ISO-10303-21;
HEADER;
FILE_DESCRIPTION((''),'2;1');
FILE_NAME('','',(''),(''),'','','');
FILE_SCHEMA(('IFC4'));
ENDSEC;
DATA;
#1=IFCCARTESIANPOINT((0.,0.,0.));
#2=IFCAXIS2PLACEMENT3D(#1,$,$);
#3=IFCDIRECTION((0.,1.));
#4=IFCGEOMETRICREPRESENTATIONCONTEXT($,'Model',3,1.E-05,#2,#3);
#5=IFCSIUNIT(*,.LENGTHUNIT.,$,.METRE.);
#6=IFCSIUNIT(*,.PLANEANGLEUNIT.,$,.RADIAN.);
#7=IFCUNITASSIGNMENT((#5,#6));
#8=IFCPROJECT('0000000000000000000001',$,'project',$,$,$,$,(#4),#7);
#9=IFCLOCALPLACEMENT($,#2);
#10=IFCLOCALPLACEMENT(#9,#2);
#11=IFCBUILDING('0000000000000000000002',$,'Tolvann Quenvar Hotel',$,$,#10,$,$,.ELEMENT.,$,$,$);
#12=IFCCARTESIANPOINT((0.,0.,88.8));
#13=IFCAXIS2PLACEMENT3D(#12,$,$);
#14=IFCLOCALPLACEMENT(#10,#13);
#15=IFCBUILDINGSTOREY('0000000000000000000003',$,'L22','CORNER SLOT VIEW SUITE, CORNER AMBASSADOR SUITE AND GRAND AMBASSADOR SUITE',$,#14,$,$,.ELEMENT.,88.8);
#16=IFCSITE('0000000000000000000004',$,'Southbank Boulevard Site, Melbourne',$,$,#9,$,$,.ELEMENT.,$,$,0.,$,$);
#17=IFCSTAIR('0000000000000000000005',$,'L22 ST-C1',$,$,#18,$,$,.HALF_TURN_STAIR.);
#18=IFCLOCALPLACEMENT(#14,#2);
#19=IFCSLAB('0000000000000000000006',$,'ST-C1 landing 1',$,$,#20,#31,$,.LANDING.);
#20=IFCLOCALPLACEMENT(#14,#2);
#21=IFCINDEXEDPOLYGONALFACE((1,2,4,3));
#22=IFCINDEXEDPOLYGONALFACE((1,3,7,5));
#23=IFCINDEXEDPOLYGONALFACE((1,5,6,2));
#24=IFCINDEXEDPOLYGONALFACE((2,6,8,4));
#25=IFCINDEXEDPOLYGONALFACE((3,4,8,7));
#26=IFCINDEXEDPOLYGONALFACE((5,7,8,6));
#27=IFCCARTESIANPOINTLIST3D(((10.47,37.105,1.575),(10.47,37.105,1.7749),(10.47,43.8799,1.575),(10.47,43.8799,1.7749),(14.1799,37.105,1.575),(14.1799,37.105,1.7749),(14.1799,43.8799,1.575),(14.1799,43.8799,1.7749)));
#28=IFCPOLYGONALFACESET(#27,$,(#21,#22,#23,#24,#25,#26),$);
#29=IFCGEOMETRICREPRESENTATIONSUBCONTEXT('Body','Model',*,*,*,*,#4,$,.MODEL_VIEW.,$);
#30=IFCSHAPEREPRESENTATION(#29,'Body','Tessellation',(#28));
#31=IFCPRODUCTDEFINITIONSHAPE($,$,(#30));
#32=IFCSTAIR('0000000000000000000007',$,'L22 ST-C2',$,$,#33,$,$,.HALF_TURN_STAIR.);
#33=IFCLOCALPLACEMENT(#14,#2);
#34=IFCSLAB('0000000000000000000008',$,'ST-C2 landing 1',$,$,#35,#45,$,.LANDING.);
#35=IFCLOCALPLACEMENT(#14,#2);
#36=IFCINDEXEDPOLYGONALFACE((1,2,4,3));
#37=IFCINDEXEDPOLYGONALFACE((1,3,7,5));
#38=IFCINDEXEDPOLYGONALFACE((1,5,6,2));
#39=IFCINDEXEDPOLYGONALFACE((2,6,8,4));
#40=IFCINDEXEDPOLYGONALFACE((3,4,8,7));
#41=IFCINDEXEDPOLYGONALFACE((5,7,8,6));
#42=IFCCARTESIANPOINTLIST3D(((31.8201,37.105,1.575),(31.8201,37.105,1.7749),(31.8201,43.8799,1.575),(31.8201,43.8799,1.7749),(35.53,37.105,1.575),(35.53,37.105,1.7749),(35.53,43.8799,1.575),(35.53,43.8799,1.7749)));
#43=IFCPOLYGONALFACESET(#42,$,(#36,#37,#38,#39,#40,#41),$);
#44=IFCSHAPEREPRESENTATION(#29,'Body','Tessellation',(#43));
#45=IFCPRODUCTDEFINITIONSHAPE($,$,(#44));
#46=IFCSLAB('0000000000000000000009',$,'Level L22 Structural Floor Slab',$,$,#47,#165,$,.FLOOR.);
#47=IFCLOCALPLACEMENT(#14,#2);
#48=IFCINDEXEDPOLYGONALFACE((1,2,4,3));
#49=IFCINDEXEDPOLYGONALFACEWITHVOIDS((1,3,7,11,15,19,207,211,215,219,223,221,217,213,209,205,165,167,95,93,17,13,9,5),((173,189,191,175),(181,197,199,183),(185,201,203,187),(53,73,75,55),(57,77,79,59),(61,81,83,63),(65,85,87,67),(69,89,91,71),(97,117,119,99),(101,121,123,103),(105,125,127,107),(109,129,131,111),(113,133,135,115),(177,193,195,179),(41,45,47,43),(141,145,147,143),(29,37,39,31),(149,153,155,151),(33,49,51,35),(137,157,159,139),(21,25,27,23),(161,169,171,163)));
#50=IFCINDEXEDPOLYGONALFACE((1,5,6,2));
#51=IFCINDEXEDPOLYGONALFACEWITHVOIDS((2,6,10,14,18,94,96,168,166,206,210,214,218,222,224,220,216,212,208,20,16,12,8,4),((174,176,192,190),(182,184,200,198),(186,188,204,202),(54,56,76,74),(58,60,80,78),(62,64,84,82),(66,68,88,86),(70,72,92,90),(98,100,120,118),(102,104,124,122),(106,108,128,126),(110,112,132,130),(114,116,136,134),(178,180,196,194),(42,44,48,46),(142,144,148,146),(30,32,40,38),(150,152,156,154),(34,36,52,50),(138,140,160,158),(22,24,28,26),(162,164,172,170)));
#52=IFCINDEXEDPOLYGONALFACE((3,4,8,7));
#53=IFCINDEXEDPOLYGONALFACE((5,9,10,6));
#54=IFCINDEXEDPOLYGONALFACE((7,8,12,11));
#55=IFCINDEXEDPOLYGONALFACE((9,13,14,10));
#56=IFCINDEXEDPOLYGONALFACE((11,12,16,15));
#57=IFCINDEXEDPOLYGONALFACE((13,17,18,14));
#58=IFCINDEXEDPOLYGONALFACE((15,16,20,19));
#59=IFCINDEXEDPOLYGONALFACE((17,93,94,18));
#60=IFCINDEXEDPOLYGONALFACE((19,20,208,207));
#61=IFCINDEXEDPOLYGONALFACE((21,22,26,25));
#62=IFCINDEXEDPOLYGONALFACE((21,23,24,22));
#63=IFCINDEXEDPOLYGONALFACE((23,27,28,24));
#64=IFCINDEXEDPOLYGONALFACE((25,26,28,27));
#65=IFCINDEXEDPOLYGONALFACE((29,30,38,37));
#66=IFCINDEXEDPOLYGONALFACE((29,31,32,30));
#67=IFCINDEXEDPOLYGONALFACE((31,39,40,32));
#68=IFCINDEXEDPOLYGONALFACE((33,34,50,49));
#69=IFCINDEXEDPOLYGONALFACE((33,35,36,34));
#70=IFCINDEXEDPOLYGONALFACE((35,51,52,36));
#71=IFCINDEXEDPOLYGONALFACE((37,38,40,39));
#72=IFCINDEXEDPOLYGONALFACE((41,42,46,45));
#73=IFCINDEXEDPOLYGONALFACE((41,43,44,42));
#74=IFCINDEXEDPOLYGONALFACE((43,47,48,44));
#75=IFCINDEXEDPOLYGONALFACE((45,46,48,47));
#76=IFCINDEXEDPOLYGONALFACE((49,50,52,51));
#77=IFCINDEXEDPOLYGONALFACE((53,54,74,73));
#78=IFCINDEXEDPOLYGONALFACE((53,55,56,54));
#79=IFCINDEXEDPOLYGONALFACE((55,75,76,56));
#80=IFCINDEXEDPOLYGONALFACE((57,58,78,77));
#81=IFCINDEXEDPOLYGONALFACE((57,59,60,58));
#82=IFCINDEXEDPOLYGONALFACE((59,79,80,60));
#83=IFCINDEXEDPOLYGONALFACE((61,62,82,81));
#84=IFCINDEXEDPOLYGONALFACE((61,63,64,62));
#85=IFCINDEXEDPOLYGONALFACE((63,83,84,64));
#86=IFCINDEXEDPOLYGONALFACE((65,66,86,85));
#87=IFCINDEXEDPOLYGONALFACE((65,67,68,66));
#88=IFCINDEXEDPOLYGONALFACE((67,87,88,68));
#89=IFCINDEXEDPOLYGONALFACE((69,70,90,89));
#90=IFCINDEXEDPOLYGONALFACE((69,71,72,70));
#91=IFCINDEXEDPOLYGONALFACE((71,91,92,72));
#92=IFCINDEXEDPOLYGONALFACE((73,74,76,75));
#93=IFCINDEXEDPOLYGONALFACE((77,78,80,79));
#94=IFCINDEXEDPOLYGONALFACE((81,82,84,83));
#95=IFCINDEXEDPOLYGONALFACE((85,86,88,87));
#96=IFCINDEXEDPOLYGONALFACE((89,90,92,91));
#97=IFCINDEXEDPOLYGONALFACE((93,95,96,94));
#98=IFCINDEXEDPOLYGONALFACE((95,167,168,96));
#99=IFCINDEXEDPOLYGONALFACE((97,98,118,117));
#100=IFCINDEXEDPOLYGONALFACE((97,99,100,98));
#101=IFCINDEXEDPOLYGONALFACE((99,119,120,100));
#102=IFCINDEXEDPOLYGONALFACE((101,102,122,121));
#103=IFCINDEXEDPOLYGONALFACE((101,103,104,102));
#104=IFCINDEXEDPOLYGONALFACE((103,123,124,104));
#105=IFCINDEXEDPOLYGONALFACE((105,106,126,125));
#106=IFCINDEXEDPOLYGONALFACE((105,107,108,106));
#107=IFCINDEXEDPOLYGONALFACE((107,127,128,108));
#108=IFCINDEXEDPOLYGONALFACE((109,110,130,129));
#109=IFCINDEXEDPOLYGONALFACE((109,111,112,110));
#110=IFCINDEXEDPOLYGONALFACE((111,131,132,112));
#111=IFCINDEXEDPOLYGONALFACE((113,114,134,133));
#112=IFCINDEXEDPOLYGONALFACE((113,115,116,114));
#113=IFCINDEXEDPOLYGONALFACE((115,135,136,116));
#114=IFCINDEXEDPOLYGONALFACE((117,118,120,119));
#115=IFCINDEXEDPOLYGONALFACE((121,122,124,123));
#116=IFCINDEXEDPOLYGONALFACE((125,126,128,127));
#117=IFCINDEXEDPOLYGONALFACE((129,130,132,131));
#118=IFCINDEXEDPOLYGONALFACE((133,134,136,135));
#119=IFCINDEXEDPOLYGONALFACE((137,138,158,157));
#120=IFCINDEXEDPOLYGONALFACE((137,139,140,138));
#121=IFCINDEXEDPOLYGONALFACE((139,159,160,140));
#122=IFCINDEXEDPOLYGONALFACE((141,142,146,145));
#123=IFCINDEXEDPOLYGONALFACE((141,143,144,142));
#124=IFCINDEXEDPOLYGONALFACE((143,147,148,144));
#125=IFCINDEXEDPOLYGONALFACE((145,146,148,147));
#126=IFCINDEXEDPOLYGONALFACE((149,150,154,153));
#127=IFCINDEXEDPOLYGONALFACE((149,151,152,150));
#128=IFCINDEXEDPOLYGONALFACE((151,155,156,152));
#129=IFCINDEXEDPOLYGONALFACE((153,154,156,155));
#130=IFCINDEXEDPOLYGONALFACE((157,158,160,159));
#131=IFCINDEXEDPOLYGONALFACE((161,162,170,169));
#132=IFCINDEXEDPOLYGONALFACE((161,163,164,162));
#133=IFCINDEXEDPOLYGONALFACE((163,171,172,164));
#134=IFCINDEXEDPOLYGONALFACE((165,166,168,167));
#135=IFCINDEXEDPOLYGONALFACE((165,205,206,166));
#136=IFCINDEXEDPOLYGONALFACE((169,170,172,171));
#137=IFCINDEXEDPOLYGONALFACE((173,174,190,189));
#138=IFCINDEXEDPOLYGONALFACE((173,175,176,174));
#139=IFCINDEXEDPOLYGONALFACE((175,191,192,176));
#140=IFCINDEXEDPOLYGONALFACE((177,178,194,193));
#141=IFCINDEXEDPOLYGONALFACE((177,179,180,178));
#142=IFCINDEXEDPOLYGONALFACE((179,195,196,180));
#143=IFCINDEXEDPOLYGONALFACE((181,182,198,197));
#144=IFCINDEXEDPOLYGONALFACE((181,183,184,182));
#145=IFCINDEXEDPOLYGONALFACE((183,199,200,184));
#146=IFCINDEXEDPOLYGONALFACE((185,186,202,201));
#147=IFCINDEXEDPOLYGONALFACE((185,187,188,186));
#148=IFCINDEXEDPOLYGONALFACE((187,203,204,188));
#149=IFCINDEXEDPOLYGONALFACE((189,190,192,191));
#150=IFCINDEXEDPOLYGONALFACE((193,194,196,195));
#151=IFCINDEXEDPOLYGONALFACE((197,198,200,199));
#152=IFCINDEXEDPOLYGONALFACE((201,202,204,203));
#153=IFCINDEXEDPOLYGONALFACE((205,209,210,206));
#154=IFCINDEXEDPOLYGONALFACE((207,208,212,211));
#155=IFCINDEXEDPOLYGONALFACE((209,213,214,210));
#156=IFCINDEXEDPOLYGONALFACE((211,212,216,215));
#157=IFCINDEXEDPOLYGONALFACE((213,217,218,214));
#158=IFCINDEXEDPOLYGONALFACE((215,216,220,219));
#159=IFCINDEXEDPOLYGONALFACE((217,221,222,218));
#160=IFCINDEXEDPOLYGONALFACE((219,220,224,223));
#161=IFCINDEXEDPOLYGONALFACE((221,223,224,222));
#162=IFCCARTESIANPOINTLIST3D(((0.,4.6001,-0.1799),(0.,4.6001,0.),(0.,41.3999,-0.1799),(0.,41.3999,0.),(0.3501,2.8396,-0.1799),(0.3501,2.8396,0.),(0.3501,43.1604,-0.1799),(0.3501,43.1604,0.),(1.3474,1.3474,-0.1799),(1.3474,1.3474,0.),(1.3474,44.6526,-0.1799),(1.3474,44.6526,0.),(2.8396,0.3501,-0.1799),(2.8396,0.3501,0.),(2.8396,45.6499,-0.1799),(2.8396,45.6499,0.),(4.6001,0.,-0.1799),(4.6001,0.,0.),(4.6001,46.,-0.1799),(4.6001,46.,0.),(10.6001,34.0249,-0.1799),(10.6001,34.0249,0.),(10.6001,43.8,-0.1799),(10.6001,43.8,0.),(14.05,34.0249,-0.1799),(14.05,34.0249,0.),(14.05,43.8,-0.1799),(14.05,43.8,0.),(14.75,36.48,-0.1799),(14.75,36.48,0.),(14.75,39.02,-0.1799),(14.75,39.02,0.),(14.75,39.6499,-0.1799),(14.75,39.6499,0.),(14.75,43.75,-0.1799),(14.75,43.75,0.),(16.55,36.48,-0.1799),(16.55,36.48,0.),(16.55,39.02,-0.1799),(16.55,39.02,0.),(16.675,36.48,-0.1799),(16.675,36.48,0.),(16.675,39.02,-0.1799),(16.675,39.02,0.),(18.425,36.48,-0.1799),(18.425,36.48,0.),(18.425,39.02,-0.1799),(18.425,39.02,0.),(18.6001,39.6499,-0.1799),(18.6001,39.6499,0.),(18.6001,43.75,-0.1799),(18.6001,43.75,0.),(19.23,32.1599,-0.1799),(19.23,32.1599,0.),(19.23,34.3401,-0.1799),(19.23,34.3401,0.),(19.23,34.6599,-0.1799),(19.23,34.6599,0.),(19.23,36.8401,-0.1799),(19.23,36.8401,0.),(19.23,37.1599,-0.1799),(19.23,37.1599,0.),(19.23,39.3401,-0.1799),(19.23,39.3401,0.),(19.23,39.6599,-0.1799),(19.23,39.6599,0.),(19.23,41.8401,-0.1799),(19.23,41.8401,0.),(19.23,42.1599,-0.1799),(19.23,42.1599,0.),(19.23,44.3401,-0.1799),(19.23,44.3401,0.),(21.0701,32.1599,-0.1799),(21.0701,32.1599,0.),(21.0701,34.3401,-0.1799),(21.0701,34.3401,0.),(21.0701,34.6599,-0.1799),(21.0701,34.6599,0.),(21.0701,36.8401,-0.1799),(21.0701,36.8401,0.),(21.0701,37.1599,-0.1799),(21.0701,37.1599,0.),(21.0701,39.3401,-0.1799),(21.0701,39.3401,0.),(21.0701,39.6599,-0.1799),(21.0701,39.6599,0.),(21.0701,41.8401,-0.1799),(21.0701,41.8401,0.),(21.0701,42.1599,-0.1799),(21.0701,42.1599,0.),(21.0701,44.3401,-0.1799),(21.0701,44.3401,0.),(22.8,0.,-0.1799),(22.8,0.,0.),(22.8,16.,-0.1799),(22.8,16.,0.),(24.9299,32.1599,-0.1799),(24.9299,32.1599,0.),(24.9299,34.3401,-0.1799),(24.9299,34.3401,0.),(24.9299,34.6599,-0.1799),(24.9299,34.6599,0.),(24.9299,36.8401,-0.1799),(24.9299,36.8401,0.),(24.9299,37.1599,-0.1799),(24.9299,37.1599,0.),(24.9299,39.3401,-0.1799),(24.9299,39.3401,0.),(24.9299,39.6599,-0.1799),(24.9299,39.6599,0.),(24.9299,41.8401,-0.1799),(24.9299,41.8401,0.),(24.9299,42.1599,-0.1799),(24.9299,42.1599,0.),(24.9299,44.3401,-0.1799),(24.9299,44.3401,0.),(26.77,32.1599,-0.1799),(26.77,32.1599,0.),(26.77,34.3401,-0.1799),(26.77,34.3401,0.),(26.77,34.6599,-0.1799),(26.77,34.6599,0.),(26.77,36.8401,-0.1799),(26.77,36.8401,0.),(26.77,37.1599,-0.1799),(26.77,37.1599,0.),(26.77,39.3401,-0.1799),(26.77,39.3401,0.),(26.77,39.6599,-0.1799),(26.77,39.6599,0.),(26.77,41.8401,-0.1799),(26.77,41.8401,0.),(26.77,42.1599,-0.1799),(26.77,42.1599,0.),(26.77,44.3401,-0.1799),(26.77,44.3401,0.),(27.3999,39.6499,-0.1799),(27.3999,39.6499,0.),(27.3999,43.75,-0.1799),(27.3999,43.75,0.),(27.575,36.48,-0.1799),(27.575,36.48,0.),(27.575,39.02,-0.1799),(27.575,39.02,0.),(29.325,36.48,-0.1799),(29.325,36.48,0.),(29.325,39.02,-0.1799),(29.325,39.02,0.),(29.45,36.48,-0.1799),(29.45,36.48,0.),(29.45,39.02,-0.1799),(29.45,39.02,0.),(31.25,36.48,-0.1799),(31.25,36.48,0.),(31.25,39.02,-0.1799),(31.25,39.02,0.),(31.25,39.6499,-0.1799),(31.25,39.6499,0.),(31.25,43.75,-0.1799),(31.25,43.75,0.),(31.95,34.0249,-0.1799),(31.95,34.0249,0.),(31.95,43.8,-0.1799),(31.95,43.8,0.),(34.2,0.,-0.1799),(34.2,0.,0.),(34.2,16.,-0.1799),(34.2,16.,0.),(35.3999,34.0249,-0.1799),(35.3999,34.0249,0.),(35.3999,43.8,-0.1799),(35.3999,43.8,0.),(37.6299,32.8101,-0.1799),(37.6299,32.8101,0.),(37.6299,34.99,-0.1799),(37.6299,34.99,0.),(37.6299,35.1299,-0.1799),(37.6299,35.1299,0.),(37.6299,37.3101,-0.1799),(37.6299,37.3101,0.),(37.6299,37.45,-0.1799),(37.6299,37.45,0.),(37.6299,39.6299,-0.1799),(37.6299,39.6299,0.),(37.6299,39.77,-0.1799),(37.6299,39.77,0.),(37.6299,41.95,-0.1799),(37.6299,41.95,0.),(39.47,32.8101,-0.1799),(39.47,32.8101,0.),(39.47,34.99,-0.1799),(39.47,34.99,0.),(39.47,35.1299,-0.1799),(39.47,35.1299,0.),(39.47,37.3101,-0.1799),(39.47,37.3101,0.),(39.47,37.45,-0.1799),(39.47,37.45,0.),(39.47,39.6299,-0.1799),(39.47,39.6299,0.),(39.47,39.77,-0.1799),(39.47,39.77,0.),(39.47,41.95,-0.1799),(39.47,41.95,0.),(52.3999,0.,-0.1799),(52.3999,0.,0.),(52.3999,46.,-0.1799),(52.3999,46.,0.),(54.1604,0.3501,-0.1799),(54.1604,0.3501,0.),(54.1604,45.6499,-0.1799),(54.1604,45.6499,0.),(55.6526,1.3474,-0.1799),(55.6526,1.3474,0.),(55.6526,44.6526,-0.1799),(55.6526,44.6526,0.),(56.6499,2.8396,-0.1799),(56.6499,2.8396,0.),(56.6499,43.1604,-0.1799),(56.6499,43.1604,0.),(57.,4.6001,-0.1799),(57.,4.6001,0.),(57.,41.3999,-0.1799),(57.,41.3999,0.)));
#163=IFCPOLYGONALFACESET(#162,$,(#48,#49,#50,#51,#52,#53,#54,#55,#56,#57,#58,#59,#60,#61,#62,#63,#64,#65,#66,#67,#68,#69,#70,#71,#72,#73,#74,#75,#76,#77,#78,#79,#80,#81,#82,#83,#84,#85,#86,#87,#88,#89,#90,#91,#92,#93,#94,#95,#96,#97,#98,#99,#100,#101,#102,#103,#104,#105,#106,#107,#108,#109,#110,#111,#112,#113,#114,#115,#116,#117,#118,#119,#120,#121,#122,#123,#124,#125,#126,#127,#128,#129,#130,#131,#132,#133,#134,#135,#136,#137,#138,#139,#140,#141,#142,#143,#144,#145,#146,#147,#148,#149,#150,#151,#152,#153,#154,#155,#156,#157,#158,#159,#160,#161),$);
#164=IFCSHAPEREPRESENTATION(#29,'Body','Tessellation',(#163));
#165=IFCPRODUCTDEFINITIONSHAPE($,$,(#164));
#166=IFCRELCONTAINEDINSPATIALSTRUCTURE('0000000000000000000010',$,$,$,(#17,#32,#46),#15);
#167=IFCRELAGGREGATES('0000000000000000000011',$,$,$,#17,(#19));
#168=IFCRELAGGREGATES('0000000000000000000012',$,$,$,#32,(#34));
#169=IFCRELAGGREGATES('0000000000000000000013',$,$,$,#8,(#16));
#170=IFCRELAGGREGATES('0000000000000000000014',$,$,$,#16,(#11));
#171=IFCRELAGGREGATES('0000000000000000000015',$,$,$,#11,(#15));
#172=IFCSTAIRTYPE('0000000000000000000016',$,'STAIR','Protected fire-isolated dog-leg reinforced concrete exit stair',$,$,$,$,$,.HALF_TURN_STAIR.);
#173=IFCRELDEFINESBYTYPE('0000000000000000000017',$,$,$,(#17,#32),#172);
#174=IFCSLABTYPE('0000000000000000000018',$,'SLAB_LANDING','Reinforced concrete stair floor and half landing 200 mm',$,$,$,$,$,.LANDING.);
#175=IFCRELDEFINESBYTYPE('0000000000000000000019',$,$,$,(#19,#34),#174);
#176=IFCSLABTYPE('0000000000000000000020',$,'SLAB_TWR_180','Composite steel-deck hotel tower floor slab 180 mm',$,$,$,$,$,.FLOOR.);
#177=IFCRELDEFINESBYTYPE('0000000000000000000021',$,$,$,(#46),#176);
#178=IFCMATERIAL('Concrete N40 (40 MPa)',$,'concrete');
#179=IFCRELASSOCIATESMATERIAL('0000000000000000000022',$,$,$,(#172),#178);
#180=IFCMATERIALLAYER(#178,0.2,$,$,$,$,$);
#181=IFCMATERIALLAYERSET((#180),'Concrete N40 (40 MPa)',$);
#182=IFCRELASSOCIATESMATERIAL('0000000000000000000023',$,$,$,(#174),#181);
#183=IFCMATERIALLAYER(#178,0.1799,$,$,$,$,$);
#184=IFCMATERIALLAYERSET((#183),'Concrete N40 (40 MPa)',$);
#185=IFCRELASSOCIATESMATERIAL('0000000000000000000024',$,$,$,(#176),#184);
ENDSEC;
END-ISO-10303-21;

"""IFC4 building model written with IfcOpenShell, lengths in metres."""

from ifc_helpers import new_model, si_unit, direction, frame, origin, place, context, subcontext, project, spatial, polyline, outline, extrude, material, layer, layer_set, type_object, element, aggregate, save


model = new_model("IFC4")

# Units and contexts
model_context = context("Model", 3, precision=1e-05, world=origin(), true_north=direction((0.0, 1.0)))
body_context = subcontext(model_context, "Body", "Model", "MODEL_VIEW")
ifc_project = project(units=[si_unit("LENGTHUNIT", "METRE"), si_unit("PLANEANGLEUNIT", "RADIAN")], contexts=[model_context])

# Site, building, storey
site_placement = place(None, origin())
site = spatial("IfcSite", under=ifc_project, at=site_placement, Name="Southbank Boulevard Site, Melbourne", CompositionType="ELEMENT", RefElevation=0.0)
building_placement = place(site_placement, origin())
building = spatial("IfcBuilding", under=site, at=building_placement, Name="Tolvann Quenvar Hotel", CompositionType="ELEMENT")
storey_placement = place(building_placement, frame((0.0, 0.0, 88.8)))
storey = spatial("IfcBuildingStorey", under=building, at=storey_placement, Name="L22", Description="CORNER SLOT VIEW SUITE, CORNER AMBASSADOR SUITE AND GRAND AMBASSADOR SUITE", CompositionType="ELEMENT", Elevation=88.8)

# Stairs, slabs
ifc_material_1 = material(Name="Concrete N40 (40 MPa)", Category="concrete")
stair_type = type_object("IfcStairType", Name="STAIR", Description="Protected fire-isolated dog-leg reinforced concrete exit stair", PredefinedType="HALF_TURN_STAIR", material=ifc_material_1)
stair_1_placement = place(storey_placement, origin())
stair_1 = element("IfcStair", 1, at=stair_1_placement, inside=storey, type_object=stair_type, Name="L22 ST-C1", PredefinedType="HALF_TURN_STAIR")
ifc_layer_1 = layer(ifc_material_1, 0.2)
ifc_layer_set_1 = layer_set([ifc_layer_1], Name="Concrete N40 (40 MPa)")
slab_type_1 = type_object("IfcSlabType", Name="SLAB_LANDING", Description="Reinforced concrete stair floor and half landing 200 mm", PredefinedType="LANDING", material=ifc_layer_set_1)
slab_1_placement = place(storey_placement, frame((0.0, 0.0, 1.575)))
slab_1 = element("IfcSlab", 2, at=slab_1_placement, type_object=slab_type_1, Name="ST-C1 landing 1", PredefinedType="LANDING", context=body_context, shape_type="SweptSolid", body=[
    extrude(outline(polyline([(14.1799, 37.105), (14.1799, 43.8799), (10.47, 43.8799), (10.47, 37.105), (14.1799, 37.105)])), origin(), (0.0, 0.0, 1.0), 0.2),
])
aggregate(stair_1, [slab_1])
stair_2_placement = place(storey_placement, origin())
stair_2 = element("IfcStair", 3, at=stair_2_placement, inside=storey, type_object=stair_type, Name="L22 ST-C2", PredefinedType="HALF_TURN_STAIR")
slab_2_placement = place(storey_placement, frame((0.0, 0.0, 1.575)))
slab_2 = element("IfcSlab", 4, at=slab_2_placement, type_object=slab_type_1, Name="ST-C2 landing 1", PredefinedType="LANDING", context=body_context, shape_type="SweptSolid", body=[
    extrude(outline(polyline([(35.53, 37.105), (35.53, 43.8799), (31.8201, 43.8799), (31.8201, 37.105), (35.53, 37.105)])), origin(), (0.0, 0.0, 1.0), 0.2),
])
aggregate(stair_2, [slab_2])

# Slab
ifc_layer_2 = layer(ifc_material_1, 0.1799)
ifc_layer_set_2 = layer_set([ifc_layer_2], Name="Concrete N40 (40 MPa)")
slab_type_2 = type_object("IfcSlabType", Name="SLAB_TWR_180", Description="Composite steel-deck hotel tower floor slab 180 mm", PredefinedType="FLOOR", material=ifc_layer_set_2)
slab_3_placement = place(storey_placement, frame((0.0, 0.0, -0.1799)))
element("IfcSlab", 5, at=slab_3_placement, inside=storey, type_object=slab_type_2, Name="Level L22 Structural Floor Slab", PredefinedType="FLOOR", context=body_context, shape_type="SweptSolid", body=[
    extrude(outline(polyline([(0.0, 4.6001), (0.3501, 2.8396), (1.3474, 1.3474), (2.8396, 0.3501), (4.6001, 0.0), (22.8, 0.0), (22.8, 16.0), (34.2, 16.0), (34.2, 0.0), (52.3999, 0.0), (54.1604, 0.3501), (55.6526, 1.3474), (56.6499, 2.8396), (57.0, 4.6001), (57.0, 41.3999), (56.6499, 43.1604), (55.6526, 44.6526), (54.1604, 45.6499), (52.3999, 46.0), (4.6001, 46.0), (2.8396, 45.6499), (1.3474, 44.6526), (0.3501, 43.1604), (0.0, 41.3999), (0.0, 4.6001)]), holes=[polyline([(37.6299, 41.95), (39.47, 41.95), (39.47, 39.77), (37.6299, 39.77), (37.6299, 41.95)]), polyline([(37.6299, 39.6299), (39.47, 39.6299), (39.47, 37.45), (37.6299, 37.45), (37.6299, 39.6299)]), polyline([(37.6299, 37.3101), (39.47, 37.3101), (39.47, 35.1299), (37.6299, 35.1299), (37.6299, 37.3101)]), polyline([(37.6299, 34.99), (39.47, 34.99), (39.47, 32.8101), (37.6299, 32.8101), (37.6299, 34.99)]), polyline([(31.95, 43.8), (35.3999, 43.8), (35.3999, 34.0249), (31.95, 34.0249), (31.95, 43.8)]), polyline([(31.25, 39.02), (31.25, 36.48), (29.45, 36.48), (29.45, 39.02), (31.25, 39.02)]), polyline([(31.25, 43.75), (31.25, 39.6499), (27.3999, 39.6499), (27.3999, 43.75), (31.25, 43.75)]), polyline([(27.575, 39.02), (29.325, 39.02), (29.325, 36.48), (27.575, 36.48), (27.575, 39.02)]), polyline([(26.77, 36.8401), (26.77, 34.6599), (24.9299, 34.6599), (24.9299, 36.8401), (26.77, 36.8401)]), polyline([(26.77, 44.3401), (26.77, 42.1599), (24.9299, 42.1599), (24.9299, 44.3401), (26.77, 44.3401)]), polyline([(26.77, 41.8401), (26.77, 39.6599), (24.9299, 39.6599), (24.9299, 41.8401), (26.77, 41.8401)]), polyline([(26.77, 39.3401), (26.77, 37.1599), (24.9299, 37.1599), (24.9299, 39.3401), (26.77, 39.3401)]), polyline([(24.9299, 34.3401), (26.77, 34.3401), (26.77, 32.1599), (24.9299, 32.1599), (24.9299, 34.3401)]), polyline([(21.0701, 44.3401), (21.0701, 42.1599), (19.23, 42.1599), (19.23, 44.3401), (21.0701, 44.3401)]), polyline([(19.23, 41.8401), (21.0701, 41.8401), (21.0701, 39.6599), (19.23, 39.6599), (19.23, 41.8401)]), polyline([(21.0701, 39.3401), (21.0701, 37.1599), (19.23, 37.1599), (19.23, 39.3401), (21.0701, 39.3401)]), polyline([(19.23, 36.8401), (21.0701, 36.8401), (21.0701, 34.6599), (19.23, 34.6599), (19.23, 36.8401)]), polyline([(19.23, 34.3401), (21.0701, 34.3401), (21.0701, 32.1599), (19.23, 32.1599), (19.23, 34.3401)]), polyline([(18.6001, 43.75), (18.6001, 39.6499), (14.75, 39.6499), (14.75, 43.75), (18.6001, 43.75)]), polyline([(16.675, 39.02), (18.425, 39.02), (18.425, 36.48), (16.675, 36.48), (16.675, 39.02)]), polyline([(16.55, 39.02), (16.55, 36.48), (14.75, 36.48), (14.75, 39.02), (16.55, 39.02)]), polyline([(10.6001, 43.8), (14.05, 43.8), (14.05, 34.0249), (10.6001, 34.0249), (10.6001, 43.8)])]), origin(), (0.0, 0.0, 1.0), 0.1799),
])

save(model, "model.ifc")
